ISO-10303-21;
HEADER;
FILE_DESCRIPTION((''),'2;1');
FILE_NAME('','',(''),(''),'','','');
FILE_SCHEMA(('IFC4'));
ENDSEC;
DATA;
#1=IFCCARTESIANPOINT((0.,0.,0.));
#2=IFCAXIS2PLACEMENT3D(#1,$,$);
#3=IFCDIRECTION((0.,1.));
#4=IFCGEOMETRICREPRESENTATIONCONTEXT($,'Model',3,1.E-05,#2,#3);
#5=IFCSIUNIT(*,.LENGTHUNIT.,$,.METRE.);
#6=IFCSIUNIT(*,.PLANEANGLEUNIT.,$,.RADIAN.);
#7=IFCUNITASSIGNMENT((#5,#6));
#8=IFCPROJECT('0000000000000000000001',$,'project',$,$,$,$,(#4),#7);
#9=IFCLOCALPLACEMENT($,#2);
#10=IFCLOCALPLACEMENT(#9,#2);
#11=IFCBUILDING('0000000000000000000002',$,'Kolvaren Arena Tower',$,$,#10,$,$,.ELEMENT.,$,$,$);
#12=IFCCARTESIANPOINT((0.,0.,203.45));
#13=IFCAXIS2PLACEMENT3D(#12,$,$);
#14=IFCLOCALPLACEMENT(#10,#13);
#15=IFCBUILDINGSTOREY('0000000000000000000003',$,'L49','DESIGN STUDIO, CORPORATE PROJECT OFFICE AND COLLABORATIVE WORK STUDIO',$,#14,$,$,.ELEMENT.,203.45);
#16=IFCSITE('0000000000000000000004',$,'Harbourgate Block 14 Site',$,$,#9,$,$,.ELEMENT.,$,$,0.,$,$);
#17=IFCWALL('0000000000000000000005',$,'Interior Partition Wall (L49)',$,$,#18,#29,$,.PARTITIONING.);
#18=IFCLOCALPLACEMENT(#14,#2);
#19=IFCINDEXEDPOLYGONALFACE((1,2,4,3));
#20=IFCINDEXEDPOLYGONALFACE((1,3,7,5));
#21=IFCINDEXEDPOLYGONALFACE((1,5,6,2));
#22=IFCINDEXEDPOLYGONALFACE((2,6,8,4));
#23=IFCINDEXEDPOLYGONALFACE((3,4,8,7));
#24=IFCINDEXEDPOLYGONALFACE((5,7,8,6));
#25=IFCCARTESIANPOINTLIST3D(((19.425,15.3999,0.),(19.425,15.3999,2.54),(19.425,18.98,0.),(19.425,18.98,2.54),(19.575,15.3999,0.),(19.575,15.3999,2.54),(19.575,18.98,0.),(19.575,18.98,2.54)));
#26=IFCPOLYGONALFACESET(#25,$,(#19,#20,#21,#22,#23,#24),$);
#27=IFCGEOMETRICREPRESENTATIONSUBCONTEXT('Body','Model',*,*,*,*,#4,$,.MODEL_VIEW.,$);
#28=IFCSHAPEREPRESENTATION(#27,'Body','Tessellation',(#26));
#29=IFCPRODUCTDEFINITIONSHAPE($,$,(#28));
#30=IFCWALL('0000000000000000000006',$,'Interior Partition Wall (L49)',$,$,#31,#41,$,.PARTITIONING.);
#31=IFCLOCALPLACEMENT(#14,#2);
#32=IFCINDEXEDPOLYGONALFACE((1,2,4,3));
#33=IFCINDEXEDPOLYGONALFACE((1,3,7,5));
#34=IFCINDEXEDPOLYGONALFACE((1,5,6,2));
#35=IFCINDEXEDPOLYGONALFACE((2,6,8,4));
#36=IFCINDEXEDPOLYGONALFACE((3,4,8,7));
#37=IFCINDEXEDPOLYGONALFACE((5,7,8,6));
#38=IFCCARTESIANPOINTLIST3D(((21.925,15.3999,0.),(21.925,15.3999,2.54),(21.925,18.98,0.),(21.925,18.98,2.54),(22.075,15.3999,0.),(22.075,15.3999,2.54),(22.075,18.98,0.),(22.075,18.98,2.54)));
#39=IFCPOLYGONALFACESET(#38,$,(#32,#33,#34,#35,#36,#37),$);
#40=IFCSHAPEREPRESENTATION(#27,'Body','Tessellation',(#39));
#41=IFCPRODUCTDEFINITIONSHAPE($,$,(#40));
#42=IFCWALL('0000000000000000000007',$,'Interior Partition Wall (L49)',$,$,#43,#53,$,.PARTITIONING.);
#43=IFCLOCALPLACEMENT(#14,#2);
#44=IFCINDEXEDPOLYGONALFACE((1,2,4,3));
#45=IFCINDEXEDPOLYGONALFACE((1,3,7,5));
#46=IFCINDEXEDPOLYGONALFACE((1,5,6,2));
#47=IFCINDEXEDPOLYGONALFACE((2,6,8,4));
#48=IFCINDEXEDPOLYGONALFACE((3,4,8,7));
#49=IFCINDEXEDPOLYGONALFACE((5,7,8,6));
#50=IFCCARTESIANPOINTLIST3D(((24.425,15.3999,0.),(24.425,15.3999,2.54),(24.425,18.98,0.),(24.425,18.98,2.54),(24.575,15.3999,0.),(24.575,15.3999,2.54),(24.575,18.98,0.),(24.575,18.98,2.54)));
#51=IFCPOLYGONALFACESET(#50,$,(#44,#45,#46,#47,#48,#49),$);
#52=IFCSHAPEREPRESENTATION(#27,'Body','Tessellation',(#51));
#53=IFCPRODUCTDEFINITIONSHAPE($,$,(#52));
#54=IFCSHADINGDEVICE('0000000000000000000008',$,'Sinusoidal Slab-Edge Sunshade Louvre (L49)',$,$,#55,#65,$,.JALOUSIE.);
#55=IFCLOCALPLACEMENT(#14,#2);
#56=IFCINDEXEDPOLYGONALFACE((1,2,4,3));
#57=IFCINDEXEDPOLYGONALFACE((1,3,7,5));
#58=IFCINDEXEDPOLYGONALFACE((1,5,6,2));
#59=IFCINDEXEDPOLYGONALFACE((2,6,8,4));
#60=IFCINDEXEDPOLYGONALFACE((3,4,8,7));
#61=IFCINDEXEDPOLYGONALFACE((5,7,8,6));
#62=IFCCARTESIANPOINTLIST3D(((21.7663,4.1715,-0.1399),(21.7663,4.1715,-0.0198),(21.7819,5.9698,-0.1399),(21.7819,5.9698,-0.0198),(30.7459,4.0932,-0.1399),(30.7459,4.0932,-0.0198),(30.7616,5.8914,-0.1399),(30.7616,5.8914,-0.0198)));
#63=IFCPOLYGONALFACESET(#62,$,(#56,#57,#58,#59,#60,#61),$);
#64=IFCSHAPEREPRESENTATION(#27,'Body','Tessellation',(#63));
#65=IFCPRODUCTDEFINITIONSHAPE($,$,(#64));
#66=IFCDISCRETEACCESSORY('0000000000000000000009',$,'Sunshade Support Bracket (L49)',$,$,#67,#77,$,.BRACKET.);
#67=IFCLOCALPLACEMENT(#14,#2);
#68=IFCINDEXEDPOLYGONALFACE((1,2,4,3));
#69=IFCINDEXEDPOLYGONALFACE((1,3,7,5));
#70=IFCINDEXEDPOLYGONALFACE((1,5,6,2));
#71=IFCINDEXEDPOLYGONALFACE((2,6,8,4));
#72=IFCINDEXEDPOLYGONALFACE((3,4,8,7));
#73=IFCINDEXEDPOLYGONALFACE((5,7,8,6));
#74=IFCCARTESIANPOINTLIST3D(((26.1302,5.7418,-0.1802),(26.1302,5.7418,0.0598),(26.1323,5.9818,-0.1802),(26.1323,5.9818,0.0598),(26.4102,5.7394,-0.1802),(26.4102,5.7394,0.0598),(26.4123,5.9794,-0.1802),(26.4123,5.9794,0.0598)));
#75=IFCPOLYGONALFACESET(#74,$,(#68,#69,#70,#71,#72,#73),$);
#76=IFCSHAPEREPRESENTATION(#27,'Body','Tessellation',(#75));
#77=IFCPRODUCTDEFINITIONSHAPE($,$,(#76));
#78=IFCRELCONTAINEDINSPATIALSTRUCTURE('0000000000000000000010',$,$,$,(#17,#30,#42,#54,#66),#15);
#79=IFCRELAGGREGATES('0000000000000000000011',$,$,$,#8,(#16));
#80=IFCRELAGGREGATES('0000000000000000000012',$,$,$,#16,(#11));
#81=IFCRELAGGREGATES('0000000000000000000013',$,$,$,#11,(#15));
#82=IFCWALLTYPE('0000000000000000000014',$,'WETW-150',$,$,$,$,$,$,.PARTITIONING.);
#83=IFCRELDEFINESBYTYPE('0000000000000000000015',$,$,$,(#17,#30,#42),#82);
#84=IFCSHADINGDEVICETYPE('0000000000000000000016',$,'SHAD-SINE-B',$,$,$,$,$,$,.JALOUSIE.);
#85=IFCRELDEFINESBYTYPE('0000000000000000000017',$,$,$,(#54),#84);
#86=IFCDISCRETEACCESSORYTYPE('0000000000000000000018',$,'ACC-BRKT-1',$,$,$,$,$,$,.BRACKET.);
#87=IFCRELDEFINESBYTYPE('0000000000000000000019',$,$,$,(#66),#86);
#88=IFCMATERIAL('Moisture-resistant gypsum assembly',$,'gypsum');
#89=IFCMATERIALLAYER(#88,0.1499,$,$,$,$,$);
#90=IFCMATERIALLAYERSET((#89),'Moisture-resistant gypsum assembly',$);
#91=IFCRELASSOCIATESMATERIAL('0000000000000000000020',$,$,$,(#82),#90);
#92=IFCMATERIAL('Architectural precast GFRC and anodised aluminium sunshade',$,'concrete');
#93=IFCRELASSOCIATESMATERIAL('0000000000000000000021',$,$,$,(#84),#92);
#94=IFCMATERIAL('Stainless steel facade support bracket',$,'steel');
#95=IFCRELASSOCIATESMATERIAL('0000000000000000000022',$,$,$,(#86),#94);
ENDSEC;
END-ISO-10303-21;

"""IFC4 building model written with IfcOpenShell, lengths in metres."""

from ifc_helpers import new_model, si_unit, direction, frame, frame_2d, origin, origin_2d, place, context, subcontext, project, spatial, rectangle, extrude, material, layer, layer_set, type_object, element, save


model = new_model("IFC4")

# Units and contexts
model_context = context("Model", 3, precision=1e-05, world=origin(), true_north=direction((0.0, 1.0)))
body_context = subcontext(model_context, "Body", "Model", "MODEL_VIEW")
ifc_project = project(units=[si_unit("LENGTHUNIT", "METRE"), si_unit("PLANEANGLEUNIT", "RADIAN")], contexts=[model_context])

# Site, building, storey
site_placement = place(None, origin())
site = spatial("IfcSite", under=ifc_project, at=site_placement, Name="Harbourgate Block 14 Site", CompositionType="ELEMENT", RefElevation=0.0)
building_placement = place(site_placement, origin())
building = spatial("IfcBuilding", under=site, at=building_placement, Name="Kolvaren Arena Tower", CompositionType="ELEMENT")
storey_placement = place(building_placement, frame((0.0, 0.0, 203.45)))
storey = spatial("IfcBuildingStorey", under=building, at=storey_placement, Name="L49", Description="DESIGN STUDIO, CORPORATE PROJECT OFFICE AND COLLABORATIVE WORK STUDIO", CompositionType="ELEMENT", Elevation=203.45)

# Walls
ifc_material_1 = material(Name="Moisture-resistant gypsum assembly", Category="gypsum")
ifc_layer_1 = layer(ifc_material_1, 0.1499)
ifc_layer_set_1 = layer_set([ifc_layer_1], Name="Moisture-resistant gypsum assembly")
wall_type_1 = type_object("IfcWallType", Name="WETW-150", PredefinedType="PARTITIONING", material=ifc_layer_set_1)
for number, where, z_axis, x_axis, name in (
    (1, (19.5, 15.3999, 0.0), (0.0, 0.0, 1.0), (0.0, 1.0, 0.0), "Interior Partition Wall (L49)"),
    (2, (22.0, 15.3999, 0.0), (0.0, 0.0, 1.0), (0.0, 1.0, 0.0), "Interior Partition Wall (L49)"),
    (3, (24.5, 15.3999, 0.0), (0.0, 0.0, 1.0), (0.0, 1.0, 0.0), "Interior Partition Wall (L49)"),
):
    element("IfcWall", number, at=place(storey_placement, frame(where, z_axis=z_axis, x_axis=x_axis)), inside=storey, type_object=wall_type_1, Name=name, PredefinedType="PARTITIONING", context=body_context, shape_type="SweptSolid", body=[
        extrude(rectangle(XDim=3.5801, YDim=0.1499, at=frame_2d((1.79, 0.0))), origin(), (0.0, 0.0, 1.0), 2.54),
    ])

# Shading device
ifc_material_2 = material(Name="Architectural precast GFRC and anodised aluminium sunshade", Category="concrete")
shading_device_type = type_object("IfcShadingDeviceType", Name="SHAD-SINE-B", PredefinedType="JALOUSIE", material=ifc_material_2)
shading_device_placement = place(storey_placement, frame((26.2639, 5.0315, -0.1399), z_axis=(0.0, 0.0, 1.0), x_axis=(-0.999962, 0.008727, 0.0)))
element("IfcShadingDevice", 4, at=shading_device_placement, inside=storey, type_object=shading_device_type, Name="Sinusoidal Slab-Edge Sunshade Louvre (L49)", PredefinedType="JALOUSIE", context=body_context, shape_type="SweptSolid", body=[
    extrude(rectangle(XDim=8.98, YDim=1.7983, at=origin_2d()), origin(), (0.0, 0.0, 1.0), 0.1201),
])

# Discrete accessory
ifc_material_3 = material(Name="Stainless steel facade support bracket", Category="steel")
discrete_accessory_type = type_object("IfcDiscreteAccessoryType", Name="ACC-BRKT-1", PredefinedType="BRACKET", material=ifc_material_3)
discrete_accessory_placement = place(storey_placement, frame((26.2712, 5.8606, -0.1802), z_axis=(0.0, 0.0, 1.0), x_axis=(-0.999962, 0.008727, 0.0)))
element("IfcDiscreteAccessory", 5, at=discrete_accessory_placement, inside=storey, type_object=discrete_accessory_type, Name="Sunshade Support Bracket (L49)", PredefinedType="BRACKET", context=body_context, shape_type="SweptSolid", body=[
    extrude(rectangle(XDim=0.28, YDim=0.24, at=origin_2d()), origin(), (0.0, 0.0, 1.0), 0.24),
])

save(model, "model.ifc")
